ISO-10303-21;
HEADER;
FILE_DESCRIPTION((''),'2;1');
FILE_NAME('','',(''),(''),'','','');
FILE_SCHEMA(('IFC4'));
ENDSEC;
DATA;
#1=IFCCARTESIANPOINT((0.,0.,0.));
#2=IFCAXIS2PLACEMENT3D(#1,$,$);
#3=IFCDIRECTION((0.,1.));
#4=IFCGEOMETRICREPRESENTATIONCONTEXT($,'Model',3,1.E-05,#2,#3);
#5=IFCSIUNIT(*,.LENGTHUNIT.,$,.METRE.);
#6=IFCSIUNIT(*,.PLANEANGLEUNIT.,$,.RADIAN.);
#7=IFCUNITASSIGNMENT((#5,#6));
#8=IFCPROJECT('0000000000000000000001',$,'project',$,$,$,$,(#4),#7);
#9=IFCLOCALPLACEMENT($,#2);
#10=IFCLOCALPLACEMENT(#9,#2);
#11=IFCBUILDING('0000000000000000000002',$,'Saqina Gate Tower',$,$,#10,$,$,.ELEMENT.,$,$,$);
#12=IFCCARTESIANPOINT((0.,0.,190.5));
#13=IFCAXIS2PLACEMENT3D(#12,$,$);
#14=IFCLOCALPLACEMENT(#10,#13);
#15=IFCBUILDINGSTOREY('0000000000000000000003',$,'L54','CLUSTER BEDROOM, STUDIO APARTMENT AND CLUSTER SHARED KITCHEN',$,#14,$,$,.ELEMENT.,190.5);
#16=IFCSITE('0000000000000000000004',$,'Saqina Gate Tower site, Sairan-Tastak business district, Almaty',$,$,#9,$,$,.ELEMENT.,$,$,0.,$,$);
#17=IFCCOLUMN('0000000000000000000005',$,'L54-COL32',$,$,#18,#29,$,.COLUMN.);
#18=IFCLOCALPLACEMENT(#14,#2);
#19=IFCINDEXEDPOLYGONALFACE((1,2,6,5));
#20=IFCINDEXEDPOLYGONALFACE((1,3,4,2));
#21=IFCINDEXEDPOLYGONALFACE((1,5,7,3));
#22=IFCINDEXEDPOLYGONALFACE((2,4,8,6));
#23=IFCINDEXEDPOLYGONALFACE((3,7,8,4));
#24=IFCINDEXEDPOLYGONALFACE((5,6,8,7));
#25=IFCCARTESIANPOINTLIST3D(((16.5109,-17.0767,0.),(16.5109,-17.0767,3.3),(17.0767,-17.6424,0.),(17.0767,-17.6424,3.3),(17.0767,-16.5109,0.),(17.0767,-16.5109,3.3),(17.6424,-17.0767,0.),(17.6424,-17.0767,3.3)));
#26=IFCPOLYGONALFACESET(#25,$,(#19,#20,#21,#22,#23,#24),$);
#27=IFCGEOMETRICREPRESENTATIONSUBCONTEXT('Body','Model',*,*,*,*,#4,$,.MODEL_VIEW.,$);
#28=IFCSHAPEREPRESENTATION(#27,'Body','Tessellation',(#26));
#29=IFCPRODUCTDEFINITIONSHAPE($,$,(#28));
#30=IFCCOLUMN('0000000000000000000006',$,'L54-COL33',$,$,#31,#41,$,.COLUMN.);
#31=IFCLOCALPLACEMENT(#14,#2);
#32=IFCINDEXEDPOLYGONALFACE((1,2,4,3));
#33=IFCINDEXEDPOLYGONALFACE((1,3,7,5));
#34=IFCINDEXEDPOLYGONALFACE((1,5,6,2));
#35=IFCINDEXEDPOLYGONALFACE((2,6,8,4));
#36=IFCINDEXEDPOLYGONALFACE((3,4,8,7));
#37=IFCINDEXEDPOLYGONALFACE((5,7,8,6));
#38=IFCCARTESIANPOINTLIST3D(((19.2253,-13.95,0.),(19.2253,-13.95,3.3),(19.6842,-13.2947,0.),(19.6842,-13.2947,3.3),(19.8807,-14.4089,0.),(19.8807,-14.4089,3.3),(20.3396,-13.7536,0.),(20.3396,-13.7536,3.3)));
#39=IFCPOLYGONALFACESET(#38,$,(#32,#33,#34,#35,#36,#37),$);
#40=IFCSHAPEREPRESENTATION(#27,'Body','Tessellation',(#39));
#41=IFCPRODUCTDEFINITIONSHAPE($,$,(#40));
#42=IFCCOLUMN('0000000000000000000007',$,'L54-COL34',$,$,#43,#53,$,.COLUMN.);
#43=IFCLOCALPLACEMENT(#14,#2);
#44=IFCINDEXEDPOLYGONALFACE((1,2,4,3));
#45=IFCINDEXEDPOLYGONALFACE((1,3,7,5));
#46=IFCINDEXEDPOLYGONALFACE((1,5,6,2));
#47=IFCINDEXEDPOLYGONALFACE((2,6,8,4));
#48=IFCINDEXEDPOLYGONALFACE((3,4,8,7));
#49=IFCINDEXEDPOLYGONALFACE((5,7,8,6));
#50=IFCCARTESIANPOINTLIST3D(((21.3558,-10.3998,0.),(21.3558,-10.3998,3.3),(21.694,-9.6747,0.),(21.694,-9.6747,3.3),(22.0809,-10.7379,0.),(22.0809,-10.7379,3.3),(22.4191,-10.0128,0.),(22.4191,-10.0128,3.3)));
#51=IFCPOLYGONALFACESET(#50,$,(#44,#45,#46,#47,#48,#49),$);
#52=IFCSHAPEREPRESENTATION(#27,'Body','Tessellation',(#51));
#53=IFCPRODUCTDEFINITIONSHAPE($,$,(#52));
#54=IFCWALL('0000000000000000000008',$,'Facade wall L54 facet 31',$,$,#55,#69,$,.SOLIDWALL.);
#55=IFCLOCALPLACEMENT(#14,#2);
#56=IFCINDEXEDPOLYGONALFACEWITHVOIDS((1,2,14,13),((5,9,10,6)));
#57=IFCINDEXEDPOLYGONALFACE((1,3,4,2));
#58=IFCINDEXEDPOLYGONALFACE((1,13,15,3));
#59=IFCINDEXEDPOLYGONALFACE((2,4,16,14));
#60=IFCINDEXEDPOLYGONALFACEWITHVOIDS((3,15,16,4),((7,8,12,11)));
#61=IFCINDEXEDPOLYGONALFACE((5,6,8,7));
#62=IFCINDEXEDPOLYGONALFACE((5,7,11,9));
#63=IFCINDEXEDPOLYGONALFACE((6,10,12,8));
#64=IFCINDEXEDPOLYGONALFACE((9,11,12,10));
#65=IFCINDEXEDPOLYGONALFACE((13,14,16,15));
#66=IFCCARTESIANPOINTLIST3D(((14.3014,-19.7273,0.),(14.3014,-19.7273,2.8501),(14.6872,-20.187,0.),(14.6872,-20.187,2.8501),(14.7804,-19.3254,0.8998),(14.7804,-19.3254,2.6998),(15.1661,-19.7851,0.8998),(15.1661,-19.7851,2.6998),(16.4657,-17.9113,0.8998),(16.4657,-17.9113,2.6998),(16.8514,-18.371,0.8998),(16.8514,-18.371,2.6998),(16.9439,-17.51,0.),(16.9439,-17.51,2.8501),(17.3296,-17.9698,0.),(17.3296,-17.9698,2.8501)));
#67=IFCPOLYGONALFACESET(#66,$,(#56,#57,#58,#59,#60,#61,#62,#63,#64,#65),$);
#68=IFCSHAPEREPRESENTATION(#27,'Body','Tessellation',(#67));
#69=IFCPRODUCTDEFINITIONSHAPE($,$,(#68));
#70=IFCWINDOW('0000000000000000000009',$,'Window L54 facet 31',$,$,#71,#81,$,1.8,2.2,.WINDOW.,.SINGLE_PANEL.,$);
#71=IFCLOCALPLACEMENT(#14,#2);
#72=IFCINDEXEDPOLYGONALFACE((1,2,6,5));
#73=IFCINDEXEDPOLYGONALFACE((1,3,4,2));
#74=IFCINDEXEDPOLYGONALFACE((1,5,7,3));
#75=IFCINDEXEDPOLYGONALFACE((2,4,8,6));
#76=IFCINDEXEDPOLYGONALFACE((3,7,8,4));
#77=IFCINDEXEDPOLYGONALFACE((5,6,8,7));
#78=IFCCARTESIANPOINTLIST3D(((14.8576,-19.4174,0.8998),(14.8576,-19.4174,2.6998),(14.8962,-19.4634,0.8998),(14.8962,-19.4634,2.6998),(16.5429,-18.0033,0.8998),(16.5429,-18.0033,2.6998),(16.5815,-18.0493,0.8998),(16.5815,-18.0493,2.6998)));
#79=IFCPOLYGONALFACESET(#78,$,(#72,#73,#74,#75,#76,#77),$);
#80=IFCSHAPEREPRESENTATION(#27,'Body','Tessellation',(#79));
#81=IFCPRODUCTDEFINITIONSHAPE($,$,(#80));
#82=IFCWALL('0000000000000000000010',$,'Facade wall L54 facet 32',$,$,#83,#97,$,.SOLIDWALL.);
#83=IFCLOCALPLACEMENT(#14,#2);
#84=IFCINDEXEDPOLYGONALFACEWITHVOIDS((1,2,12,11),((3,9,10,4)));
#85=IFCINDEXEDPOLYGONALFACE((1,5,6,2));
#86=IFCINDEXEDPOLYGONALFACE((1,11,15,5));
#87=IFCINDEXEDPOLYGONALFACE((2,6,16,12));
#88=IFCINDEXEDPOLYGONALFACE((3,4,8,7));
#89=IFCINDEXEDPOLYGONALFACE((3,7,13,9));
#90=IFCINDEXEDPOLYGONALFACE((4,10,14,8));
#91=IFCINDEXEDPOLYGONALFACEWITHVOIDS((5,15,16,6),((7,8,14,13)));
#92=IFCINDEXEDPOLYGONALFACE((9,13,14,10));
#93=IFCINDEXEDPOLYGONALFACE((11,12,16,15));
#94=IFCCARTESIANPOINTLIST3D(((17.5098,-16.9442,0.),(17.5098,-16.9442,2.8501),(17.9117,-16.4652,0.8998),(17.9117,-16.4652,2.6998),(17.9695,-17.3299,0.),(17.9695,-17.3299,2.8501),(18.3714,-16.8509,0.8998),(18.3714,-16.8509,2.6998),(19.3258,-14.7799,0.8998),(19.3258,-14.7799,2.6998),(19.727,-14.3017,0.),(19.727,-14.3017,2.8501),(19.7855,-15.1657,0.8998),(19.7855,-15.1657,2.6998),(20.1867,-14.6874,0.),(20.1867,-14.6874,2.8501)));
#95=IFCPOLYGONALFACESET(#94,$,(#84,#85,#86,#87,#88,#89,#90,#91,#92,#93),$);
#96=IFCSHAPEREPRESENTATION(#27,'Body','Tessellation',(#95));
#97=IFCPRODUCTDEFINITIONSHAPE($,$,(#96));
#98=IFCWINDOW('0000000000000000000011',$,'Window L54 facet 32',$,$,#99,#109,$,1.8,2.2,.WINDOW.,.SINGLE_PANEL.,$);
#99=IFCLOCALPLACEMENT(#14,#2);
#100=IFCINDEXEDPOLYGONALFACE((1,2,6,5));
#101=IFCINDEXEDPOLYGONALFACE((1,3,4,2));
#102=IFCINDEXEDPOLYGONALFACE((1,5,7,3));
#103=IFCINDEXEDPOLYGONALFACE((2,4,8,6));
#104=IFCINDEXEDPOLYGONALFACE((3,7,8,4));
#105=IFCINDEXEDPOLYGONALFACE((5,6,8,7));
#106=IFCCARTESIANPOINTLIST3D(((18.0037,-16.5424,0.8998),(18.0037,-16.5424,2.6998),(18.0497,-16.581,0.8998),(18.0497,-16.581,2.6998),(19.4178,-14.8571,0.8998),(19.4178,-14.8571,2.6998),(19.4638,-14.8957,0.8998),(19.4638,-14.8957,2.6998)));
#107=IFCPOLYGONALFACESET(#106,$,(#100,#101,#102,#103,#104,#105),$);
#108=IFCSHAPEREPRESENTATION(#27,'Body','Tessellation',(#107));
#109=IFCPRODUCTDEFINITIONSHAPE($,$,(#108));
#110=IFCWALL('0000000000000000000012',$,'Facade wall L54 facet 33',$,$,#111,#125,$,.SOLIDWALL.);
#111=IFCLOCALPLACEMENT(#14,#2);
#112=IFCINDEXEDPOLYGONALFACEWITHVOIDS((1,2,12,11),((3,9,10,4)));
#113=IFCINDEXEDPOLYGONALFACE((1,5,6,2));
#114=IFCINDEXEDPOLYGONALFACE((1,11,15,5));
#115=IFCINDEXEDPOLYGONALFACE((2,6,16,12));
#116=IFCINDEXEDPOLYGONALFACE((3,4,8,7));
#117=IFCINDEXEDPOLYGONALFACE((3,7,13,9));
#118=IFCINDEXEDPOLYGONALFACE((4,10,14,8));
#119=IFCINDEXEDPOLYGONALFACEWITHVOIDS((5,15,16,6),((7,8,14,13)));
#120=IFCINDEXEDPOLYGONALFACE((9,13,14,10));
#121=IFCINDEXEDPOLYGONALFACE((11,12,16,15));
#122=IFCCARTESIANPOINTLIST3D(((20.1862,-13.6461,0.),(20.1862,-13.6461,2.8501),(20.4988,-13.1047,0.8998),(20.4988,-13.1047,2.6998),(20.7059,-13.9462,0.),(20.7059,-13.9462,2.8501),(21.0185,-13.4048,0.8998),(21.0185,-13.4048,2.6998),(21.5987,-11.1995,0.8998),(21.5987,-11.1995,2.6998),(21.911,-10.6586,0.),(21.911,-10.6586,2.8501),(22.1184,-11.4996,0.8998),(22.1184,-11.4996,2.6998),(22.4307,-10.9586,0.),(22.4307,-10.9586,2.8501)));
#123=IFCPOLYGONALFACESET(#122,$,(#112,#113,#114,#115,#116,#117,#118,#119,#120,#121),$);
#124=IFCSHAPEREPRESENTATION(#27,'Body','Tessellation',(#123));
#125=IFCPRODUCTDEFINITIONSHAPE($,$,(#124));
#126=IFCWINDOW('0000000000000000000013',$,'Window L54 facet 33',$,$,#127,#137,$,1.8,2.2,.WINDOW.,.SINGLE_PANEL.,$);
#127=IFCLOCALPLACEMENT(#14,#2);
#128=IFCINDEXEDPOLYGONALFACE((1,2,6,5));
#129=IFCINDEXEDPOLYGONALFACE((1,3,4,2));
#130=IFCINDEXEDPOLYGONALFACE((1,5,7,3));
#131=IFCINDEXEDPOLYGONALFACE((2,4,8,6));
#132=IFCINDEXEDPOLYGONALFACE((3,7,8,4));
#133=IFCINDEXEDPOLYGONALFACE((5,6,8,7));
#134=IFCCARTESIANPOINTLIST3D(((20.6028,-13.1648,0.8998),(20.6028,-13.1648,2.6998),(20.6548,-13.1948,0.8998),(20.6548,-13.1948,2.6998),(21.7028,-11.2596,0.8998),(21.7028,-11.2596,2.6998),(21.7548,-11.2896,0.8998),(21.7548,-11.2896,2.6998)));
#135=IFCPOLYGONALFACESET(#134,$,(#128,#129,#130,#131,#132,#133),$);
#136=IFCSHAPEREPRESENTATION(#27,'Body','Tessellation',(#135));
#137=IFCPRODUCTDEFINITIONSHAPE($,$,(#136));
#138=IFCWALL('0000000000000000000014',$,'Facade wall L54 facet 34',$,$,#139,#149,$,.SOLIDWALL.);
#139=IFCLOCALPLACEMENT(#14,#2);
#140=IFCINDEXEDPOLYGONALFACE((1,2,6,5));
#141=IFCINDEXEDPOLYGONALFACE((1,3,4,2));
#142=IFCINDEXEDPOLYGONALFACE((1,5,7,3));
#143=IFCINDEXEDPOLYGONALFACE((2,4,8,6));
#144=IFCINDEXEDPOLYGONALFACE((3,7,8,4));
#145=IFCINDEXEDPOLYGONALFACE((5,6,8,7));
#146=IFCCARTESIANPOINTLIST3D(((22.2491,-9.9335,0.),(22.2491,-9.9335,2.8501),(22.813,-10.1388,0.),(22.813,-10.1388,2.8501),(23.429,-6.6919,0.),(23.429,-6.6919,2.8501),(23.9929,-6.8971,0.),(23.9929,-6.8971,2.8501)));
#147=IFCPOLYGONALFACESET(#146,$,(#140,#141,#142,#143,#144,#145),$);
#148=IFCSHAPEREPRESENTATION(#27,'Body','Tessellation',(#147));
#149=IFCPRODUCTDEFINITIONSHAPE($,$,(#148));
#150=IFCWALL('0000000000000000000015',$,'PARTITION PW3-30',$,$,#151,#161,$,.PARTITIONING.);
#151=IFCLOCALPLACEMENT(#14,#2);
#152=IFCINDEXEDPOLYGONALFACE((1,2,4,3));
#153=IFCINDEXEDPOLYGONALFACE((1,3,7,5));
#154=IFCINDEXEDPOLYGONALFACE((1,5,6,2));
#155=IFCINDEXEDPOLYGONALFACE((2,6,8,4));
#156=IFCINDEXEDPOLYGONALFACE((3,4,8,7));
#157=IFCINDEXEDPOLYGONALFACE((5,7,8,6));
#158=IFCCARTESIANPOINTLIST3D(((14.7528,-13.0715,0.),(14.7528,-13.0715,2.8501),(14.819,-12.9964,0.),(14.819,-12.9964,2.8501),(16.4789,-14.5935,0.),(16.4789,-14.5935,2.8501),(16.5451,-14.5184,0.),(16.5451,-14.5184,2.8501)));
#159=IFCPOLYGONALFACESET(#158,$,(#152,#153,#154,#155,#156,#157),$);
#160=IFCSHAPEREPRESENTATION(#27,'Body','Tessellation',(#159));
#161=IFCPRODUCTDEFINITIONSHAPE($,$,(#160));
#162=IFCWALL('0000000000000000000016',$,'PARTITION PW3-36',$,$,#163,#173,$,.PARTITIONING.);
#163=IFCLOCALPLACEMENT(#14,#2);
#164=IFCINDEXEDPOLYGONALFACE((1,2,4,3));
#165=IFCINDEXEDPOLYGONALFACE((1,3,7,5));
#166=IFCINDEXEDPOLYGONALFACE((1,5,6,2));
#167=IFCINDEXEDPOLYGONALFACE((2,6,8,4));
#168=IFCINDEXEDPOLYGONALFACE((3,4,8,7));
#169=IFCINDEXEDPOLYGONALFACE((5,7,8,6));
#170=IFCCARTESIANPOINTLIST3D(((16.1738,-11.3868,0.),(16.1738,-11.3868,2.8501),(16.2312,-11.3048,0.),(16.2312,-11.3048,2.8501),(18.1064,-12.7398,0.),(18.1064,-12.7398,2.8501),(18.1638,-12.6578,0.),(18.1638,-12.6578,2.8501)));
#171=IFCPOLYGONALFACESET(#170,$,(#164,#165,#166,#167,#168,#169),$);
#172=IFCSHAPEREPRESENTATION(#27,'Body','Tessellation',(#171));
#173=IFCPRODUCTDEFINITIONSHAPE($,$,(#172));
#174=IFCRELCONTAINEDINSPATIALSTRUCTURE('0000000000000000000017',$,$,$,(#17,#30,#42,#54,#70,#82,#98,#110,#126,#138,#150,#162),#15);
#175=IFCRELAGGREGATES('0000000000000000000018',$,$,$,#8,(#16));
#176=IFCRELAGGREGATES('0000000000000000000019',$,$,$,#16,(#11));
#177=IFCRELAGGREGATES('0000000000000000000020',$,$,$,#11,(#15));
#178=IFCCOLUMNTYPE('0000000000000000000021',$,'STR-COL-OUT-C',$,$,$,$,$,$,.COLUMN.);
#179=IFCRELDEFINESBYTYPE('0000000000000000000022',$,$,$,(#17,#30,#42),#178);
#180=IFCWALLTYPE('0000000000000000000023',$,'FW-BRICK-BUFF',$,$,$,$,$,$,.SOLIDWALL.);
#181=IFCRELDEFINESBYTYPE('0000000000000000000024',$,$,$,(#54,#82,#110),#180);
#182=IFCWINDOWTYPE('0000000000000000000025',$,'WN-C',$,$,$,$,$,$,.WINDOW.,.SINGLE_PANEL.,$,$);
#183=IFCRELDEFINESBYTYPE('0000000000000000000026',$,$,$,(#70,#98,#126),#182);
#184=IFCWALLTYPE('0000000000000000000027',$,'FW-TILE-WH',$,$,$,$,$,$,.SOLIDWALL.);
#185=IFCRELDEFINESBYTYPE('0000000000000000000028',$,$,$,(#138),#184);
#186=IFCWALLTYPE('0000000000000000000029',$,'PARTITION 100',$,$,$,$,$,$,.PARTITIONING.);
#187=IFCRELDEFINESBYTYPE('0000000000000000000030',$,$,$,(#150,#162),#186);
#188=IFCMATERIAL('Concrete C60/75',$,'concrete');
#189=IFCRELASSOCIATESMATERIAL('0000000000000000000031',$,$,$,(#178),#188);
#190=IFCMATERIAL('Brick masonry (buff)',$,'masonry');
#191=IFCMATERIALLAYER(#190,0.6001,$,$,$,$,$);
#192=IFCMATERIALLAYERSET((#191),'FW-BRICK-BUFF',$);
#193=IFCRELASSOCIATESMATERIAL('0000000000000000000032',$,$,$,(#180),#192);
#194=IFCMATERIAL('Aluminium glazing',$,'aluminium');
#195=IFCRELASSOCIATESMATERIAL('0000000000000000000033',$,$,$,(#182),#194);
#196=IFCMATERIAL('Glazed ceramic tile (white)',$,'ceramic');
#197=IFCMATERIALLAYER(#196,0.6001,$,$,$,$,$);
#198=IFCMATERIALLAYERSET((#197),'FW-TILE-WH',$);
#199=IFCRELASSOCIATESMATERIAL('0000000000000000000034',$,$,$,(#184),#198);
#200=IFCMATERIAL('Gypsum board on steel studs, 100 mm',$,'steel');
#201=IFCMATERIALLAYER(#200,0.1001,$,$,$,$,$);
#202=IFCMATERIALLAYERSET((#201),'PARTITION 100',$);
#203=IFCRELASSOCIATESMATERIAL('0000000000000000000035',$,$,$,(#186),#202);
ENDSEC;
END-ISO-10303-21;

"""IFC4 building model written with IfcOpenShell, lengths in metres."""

from ifc_helpers import new_model, si_unit, direction, frame, frame_2d, origin, origin_2d, place, context, subcontext, project, spatial, rectangle, extrude, material, layer, layer_set, material_profile, profile_set, type_object, element, fill, save


model = new_model("IFC4")

# Units and contexts
model_context = context("Model", 3, precision=1e-05, world=origin(), true_north=direction((0.0, 1.0)))
body_context = subcontext(model_context, "Body", "Model", "MODEL_VIEW")
ifc_project = project(units=[si_unit("LENGTHUNIT", "METRE"), si_unit("PLANEANGLEUNIT", "RADIAN")], contexts=[model_context])

# Site, building, storey
site_placement = place(None, origin())
site = spatial("IfcSite", under=ifc_project, at=site_placement, Name="Saqina Gate Tower site, Sairan-Tastak business district, Almaty", CompositionType="ELEMENT", RefElevation=0.0)
building_placement = place(site_placement, origin())
building = spatial("IfcBuilding", under=site, at=building_placement, Name="Saqina Gate Tower", CompositionType="ELEMENT")
storey_placement = place(building_placement, frame((0.0, 0.0, 190.5)))
storey = spatial("IfcBuildingStorey", under=building, at=storey_placement, Name="L54", Description="CLUSTER BEDROOM, STUDIO APARTMENT AND CLUSTER SHARED KITCHEN", CompositionType="ELEMENT", Elevation=190.5)

# Columns
ifc_material_1 = material(Name="Concrete C60/75", Category="concrete")
ifc_material_profile = material_profile(ifc_material_1, rectangle(XDim=0.8, YDim=0.8, at=origin_2d()), Name="RC 800x800")
ifc_profile_set = profile_set([ifc_material_profile], Name="Concrete C60/75")
column_type = type_object("IfcColumnType", Name="STR-COL-OUT-C", PredefinedType="COLUMN", material=ifc_profile_set)
for number, where, z_axis, x_axis, name in (
    (1, (17.0767, -17.0767, 0.0), (0.0, 0.0, 1.0), (0.707107, -0.707107, 0.0), "L54-COL32"),
    (2, (19.7825, -13.8518, 0.0), (0.0, 0.0, 1.0), (0.819152, -0.573576, 0.0), "L54-COL33"),
    (3, (21.8875, -10.2063, 0.0), (0.0, 0.0, 1.0), (0.906308, -0.422618, 0.0), "L54-COL34"),
):
    element("IfcColumn", number, at=place(storey_placement, frame(where, z_axis=z_axis, x_axis=x_axis)), inside=storey, type_object=column_type, Name=name, PredefinedType="COLUMN", context=body_context, shape_type="SweptSolid", body=[
        extrude(rectangle(XDim=0.8, YDim=0.8, at=origin_2d()), origin(), (0.0, 0.0, 1.0), 3.3),
    ])

# Walls, openings, windows
ifc_material_2 = material(Name="Brick masonry (buff)", Category="masonry")
ifc_layer_1 = layer(ifc_material_2, 0.6001)
ifc_layer_set_1 = layer_set([ifc_layer_1], Name="FW-BRICK-BUFF")
wall_type_1 = type_object("IfcWallType", Name="FW-BRICK-BUFF", PredefinedType="SOLIDWALL", material=ifc_layer_set_1)
wall_1_placement = place(storey_placement, frame((14.4944, -19.957, 0.0), z_axis=(0.0, 0.0, 1.0), x_axis=(0.766059, 0.64277, 0.0)))
wall_1 = element("IfcWall", 4, at=wall_1_placement, inside=storey, type_object=wall_type_1, Name="Facade wall L54 facet 31", PredefinedType="SOLIDWALL", context=body_context, shape_type="SweptSolid", body=[
    extrude(rectangle(XDim=3.4495, YDim=0.6001, at=frame_2d((1.7246, 0.0))), origin(), (0.0, 0.0, 1.0), 2.8501),
])
opening_1_placement = place(wall_1_placement, frame((0.625, 0.0, 0.8999)))
opening_1 = element("IfcOpeningElement", 5, at=opening_1_placement, cuts=wall_1, PredefinedType="OPENING", context=body_context, shape_type="SweptSolid", body=[
    extrude(rectangle(XDim=2.2, YDim=1.8, at=frame_2d((1.1001, 0.8999))), frame((0.0, 0.312, 0.0), z_axis=(0.0, -1.0, 0.0), x_axis=(1.0, 0.0, 0.0)), (0.0, 0.0, 1.0), 0.624),
])
ifc_material_3 = material(Name="Aluminium glazing", Category="aluminium")
window_type = type_object("IfcWindowType", Name="WN-C", PartitioningType="SINGLE_PANEL", PredefinedType="WINDOW", material=ifc_material_3)
window_1_placement = place(opening_1_placement, origin())
window_1 = element("IfcWindow", 6, at=window_1_placement, inside=storey, type_object=window_type, Name="Window L54 facet 31", OverallHeight=1.8, OverallWidth=2.2, PartitioningType="SINGLE_PANEL", PredefinedType="WINDOW", context=body_context, shape_type="SweptSolid", body=[
    extrude(rectangle(XDim=2.2, YDim=1.8, at=frame_2d((1.1001, 0.8999))), frame((0.0, 0.1799, 0.0), z_axis=(0.0, -1.0, 0.0), x_axis=(1.0, 0.0, 0.0)), (0.0, 0.0, 1.0), 0.0601),
])
fill(opening_1, window_1)
wall_2_placement = place(storey_placement, frame((17.7397, -17.137, 0.0), z_axis=(0.0, 0.0, 1.0), x_axis=(0.64277, 0.766059, 0.0)))
wall_2 = element("IfcWall", 7, at=wall_2_placement, inside=storey, type_object=wall_type_1, Name="Facade wall L54 facet 32", PredefinedType="SOLIDWALL", context=body_context, shape_type="SweptSolid", body=[
    extrude(rectangle(XDim=3.4495, YDim=0.6001, at=frame_2d((1.7246, 0.0))), origin(), (0.0, 0.0, 1.0), 2.8501),
])
opening_2_placement = place(wall_2_placement, frame((0.625, 0.0, 0.8999)))
opening_2 = element("IfcOpeningElement", 8, at=opening_2_placement, cuts=wall_2, PredefinedType="OPENING", context=body_context, shape_type="SweptSolid", body=[
    extrude(rectangle(XDim=2.2, YDim=1.8, at=frame_2d((1.1001, 0.8999))), frame((0.0, 0.312, 0.0), z_axis=(0.0, -1.0, 0.0), x_axis=(1.0, 0.0, 0.0)), (0.0, 0.0, 1.0), 0.624),
])
window_2_placement = place(opening_2_placement, origin())
window_2 = element("IfcWindow", 9, at=window_2_placement, inside=storey, type_object=window_type, Name="Window L54 facet 32", OverallHeight=1.8, OverallWidth=2.2, PartitioningType="SINGLE_PANEL", PredefinedType="WINDOW", context=body_context, shape_type="SweptSolid", body=[
    extrude(rectangle(XDim=2.2, YDim=1.8, at=frame_2d((1.1001, 0.8999))), frame((0.0, 0.1799, 0.0), z_axis=(0.0, -1.0, 0.0), x_axis=(1.0, 0.0, 0.0)), (0.0, 0.0, 1.0), 0.0601),
])
fill(opening_2, window_2)
wall_3_placement = place(storey_placement, frame((20.446, -13.7961, 0.0), z_axis=(0.0, 0.0, 1.0), x_axis=(0.499998, 0.866026, 0.0)))
wall_3 = element("IfcWall", 10, at=wall_3_placement, inside=storey, type_object=wall_type_1, Name="Facade wall L54 facet 33", PredefinedType="SOLIDWALL", context=body_context, shape_type="SweptSolid", body=[
    extrude(rectangle(XDim=3.4497, YDim=0.6001, at=frame_2d((1.7249, 0.0))), origin(), (0.0, 0.0, 1.0), 2.8501),
])
opening_3_placement = place(wall_3_placement, frame((0.625, 0.0, 0.8999)))
opening_3 = element("IfcOpeningElement", 11, at=opening_3_placement, cuts=wall_3, PredefinedType="OPENING", context=body_context, shape_type="SweptSolid", body=[
    extrude(rectangle(XDim=2.2, YDim=1.8, at=frame_2d((1.1001, 0.8999))), frame((0.0, 0.312, 0.0), z_axis=(0.0, -1.0, 0.0), x_axis=(1.0, 0.0, 0.0)), (0.0, 0.0, 1.0), 0.624),
])
window_3_placement = place(opening_3_placement, origin())
window_3 = element("IfcWindow", 12, at=window_3_placement, inside=storey, type_object=window_type, Name="Window L54 facet 33", OverallHeight=1.8, OverallWidth=2.2, PartitioningType="SINGLE_PANEL", PredefinedType="WINDOW", context=body_context, shape_type="SweptSolid", body=[
    extrude(rectangle(XDim=2.2, YDim=1.8, at=frame_2d((1.1001, 0.8999))), frame((0.0, 0.1799, 0.0), z_axis=(0.0, -1.0, 0.0), x_axis=(1.0, 0.0, 0.0)), (0.0, 0.0, 1.0), 0.0601),
])
fill(opening_3, window_3)

# Walls
ifc_material_4 = material(Name="Glazed ceramic tile (white)", Category="ceramic")
ifc_layer_2 = layer(ifc_material_4, 0.6001)
ifc_layer_set_2 = layer_set([ifc_layer_2], Name="FW-TILE-WH")
wall_type_2 = type_object("IfcWallType", Name="FW-TILE-WH", PredefinedType="SOLIDWALL", material=ifc_layer_set_2)
wall_4_placement = place(storey_placement, frame((22.531, -10.0361, 0.0), z_axis=(0.0, 0.0, 1.0), x_axis=(0.342033, 0.939688, 0.0)))
element("IfcWall", 13, at=wall_4_placement, inside=storey, type_object=wall_type_2, Name="Facade wall L54 facet 34", PredefinedType="SOLIDWALL", context=body_context, shape_type="SweptSolid", body=[
    extrude(rectangle(XDim=3.4497, YDim=0.6001, at=frame_2d((1.7249, 0.0))), origin(), (0.0, 0.0, 1.0), 2.8501),
])
ifc_material_5 = material(Name="Gypsum board on steel studs, 100 mm", Category="steel")
ifc_layer_3 = layer(ifc_material_5, 0.1001)
ifc_layer_set_3 = layer_set([ifc_layer_3], Name="PARTITION 100")
wall_type_3 = type_object("IfcWallType", Name="PARTITION 100", PredefinedType="PARTITIONING", material=ifc_layer_set_3)
wall_5_placement = place(storey_placement, frame((14.7859, -13.0339, 0.0), z_axis=(0.0, 0.0, 1.0), x_axis=(0.750061, -0.661369, 0.0)))
element("IfcWall", 14, at=wall_5_placement, inside=storey, type_object=wall_type_3, Name="PARTITION PW3-30", PredefinedType="PARTITIONING", context=body_context, shape_type="SweptSolid", body=[
    extrude(rectangle(XDim=2.3013, YDim=0.1001, at=frame_2d((1.1506, 0.0))), origin(), (0.0, 0.0, 1.0), 2.8501),
])
wall_6_placement = place(storey_placement, frame((16.2024, -11.3457, 0.0), z_axis=(0.0, 0.0, 1.0), x_axis=(0.819193, -0.573518, 0.0)))
element("IfcWall", 15, at=wall_6_placement, inside=storey, type_object=wall_type_3, Name="PARTITION PW3-36", PredefinedType="PARTITIONING", context=body_context, shape_type="SweptSolid", body=[
    extrude(rectangle(XDim=2.3591, YDim=0.1001, at=frame_2d((1.1797, 0.0))), origin(), (0.0, 0.0, 1.0), 2.8501),
])

save(model, "model.ifc")
